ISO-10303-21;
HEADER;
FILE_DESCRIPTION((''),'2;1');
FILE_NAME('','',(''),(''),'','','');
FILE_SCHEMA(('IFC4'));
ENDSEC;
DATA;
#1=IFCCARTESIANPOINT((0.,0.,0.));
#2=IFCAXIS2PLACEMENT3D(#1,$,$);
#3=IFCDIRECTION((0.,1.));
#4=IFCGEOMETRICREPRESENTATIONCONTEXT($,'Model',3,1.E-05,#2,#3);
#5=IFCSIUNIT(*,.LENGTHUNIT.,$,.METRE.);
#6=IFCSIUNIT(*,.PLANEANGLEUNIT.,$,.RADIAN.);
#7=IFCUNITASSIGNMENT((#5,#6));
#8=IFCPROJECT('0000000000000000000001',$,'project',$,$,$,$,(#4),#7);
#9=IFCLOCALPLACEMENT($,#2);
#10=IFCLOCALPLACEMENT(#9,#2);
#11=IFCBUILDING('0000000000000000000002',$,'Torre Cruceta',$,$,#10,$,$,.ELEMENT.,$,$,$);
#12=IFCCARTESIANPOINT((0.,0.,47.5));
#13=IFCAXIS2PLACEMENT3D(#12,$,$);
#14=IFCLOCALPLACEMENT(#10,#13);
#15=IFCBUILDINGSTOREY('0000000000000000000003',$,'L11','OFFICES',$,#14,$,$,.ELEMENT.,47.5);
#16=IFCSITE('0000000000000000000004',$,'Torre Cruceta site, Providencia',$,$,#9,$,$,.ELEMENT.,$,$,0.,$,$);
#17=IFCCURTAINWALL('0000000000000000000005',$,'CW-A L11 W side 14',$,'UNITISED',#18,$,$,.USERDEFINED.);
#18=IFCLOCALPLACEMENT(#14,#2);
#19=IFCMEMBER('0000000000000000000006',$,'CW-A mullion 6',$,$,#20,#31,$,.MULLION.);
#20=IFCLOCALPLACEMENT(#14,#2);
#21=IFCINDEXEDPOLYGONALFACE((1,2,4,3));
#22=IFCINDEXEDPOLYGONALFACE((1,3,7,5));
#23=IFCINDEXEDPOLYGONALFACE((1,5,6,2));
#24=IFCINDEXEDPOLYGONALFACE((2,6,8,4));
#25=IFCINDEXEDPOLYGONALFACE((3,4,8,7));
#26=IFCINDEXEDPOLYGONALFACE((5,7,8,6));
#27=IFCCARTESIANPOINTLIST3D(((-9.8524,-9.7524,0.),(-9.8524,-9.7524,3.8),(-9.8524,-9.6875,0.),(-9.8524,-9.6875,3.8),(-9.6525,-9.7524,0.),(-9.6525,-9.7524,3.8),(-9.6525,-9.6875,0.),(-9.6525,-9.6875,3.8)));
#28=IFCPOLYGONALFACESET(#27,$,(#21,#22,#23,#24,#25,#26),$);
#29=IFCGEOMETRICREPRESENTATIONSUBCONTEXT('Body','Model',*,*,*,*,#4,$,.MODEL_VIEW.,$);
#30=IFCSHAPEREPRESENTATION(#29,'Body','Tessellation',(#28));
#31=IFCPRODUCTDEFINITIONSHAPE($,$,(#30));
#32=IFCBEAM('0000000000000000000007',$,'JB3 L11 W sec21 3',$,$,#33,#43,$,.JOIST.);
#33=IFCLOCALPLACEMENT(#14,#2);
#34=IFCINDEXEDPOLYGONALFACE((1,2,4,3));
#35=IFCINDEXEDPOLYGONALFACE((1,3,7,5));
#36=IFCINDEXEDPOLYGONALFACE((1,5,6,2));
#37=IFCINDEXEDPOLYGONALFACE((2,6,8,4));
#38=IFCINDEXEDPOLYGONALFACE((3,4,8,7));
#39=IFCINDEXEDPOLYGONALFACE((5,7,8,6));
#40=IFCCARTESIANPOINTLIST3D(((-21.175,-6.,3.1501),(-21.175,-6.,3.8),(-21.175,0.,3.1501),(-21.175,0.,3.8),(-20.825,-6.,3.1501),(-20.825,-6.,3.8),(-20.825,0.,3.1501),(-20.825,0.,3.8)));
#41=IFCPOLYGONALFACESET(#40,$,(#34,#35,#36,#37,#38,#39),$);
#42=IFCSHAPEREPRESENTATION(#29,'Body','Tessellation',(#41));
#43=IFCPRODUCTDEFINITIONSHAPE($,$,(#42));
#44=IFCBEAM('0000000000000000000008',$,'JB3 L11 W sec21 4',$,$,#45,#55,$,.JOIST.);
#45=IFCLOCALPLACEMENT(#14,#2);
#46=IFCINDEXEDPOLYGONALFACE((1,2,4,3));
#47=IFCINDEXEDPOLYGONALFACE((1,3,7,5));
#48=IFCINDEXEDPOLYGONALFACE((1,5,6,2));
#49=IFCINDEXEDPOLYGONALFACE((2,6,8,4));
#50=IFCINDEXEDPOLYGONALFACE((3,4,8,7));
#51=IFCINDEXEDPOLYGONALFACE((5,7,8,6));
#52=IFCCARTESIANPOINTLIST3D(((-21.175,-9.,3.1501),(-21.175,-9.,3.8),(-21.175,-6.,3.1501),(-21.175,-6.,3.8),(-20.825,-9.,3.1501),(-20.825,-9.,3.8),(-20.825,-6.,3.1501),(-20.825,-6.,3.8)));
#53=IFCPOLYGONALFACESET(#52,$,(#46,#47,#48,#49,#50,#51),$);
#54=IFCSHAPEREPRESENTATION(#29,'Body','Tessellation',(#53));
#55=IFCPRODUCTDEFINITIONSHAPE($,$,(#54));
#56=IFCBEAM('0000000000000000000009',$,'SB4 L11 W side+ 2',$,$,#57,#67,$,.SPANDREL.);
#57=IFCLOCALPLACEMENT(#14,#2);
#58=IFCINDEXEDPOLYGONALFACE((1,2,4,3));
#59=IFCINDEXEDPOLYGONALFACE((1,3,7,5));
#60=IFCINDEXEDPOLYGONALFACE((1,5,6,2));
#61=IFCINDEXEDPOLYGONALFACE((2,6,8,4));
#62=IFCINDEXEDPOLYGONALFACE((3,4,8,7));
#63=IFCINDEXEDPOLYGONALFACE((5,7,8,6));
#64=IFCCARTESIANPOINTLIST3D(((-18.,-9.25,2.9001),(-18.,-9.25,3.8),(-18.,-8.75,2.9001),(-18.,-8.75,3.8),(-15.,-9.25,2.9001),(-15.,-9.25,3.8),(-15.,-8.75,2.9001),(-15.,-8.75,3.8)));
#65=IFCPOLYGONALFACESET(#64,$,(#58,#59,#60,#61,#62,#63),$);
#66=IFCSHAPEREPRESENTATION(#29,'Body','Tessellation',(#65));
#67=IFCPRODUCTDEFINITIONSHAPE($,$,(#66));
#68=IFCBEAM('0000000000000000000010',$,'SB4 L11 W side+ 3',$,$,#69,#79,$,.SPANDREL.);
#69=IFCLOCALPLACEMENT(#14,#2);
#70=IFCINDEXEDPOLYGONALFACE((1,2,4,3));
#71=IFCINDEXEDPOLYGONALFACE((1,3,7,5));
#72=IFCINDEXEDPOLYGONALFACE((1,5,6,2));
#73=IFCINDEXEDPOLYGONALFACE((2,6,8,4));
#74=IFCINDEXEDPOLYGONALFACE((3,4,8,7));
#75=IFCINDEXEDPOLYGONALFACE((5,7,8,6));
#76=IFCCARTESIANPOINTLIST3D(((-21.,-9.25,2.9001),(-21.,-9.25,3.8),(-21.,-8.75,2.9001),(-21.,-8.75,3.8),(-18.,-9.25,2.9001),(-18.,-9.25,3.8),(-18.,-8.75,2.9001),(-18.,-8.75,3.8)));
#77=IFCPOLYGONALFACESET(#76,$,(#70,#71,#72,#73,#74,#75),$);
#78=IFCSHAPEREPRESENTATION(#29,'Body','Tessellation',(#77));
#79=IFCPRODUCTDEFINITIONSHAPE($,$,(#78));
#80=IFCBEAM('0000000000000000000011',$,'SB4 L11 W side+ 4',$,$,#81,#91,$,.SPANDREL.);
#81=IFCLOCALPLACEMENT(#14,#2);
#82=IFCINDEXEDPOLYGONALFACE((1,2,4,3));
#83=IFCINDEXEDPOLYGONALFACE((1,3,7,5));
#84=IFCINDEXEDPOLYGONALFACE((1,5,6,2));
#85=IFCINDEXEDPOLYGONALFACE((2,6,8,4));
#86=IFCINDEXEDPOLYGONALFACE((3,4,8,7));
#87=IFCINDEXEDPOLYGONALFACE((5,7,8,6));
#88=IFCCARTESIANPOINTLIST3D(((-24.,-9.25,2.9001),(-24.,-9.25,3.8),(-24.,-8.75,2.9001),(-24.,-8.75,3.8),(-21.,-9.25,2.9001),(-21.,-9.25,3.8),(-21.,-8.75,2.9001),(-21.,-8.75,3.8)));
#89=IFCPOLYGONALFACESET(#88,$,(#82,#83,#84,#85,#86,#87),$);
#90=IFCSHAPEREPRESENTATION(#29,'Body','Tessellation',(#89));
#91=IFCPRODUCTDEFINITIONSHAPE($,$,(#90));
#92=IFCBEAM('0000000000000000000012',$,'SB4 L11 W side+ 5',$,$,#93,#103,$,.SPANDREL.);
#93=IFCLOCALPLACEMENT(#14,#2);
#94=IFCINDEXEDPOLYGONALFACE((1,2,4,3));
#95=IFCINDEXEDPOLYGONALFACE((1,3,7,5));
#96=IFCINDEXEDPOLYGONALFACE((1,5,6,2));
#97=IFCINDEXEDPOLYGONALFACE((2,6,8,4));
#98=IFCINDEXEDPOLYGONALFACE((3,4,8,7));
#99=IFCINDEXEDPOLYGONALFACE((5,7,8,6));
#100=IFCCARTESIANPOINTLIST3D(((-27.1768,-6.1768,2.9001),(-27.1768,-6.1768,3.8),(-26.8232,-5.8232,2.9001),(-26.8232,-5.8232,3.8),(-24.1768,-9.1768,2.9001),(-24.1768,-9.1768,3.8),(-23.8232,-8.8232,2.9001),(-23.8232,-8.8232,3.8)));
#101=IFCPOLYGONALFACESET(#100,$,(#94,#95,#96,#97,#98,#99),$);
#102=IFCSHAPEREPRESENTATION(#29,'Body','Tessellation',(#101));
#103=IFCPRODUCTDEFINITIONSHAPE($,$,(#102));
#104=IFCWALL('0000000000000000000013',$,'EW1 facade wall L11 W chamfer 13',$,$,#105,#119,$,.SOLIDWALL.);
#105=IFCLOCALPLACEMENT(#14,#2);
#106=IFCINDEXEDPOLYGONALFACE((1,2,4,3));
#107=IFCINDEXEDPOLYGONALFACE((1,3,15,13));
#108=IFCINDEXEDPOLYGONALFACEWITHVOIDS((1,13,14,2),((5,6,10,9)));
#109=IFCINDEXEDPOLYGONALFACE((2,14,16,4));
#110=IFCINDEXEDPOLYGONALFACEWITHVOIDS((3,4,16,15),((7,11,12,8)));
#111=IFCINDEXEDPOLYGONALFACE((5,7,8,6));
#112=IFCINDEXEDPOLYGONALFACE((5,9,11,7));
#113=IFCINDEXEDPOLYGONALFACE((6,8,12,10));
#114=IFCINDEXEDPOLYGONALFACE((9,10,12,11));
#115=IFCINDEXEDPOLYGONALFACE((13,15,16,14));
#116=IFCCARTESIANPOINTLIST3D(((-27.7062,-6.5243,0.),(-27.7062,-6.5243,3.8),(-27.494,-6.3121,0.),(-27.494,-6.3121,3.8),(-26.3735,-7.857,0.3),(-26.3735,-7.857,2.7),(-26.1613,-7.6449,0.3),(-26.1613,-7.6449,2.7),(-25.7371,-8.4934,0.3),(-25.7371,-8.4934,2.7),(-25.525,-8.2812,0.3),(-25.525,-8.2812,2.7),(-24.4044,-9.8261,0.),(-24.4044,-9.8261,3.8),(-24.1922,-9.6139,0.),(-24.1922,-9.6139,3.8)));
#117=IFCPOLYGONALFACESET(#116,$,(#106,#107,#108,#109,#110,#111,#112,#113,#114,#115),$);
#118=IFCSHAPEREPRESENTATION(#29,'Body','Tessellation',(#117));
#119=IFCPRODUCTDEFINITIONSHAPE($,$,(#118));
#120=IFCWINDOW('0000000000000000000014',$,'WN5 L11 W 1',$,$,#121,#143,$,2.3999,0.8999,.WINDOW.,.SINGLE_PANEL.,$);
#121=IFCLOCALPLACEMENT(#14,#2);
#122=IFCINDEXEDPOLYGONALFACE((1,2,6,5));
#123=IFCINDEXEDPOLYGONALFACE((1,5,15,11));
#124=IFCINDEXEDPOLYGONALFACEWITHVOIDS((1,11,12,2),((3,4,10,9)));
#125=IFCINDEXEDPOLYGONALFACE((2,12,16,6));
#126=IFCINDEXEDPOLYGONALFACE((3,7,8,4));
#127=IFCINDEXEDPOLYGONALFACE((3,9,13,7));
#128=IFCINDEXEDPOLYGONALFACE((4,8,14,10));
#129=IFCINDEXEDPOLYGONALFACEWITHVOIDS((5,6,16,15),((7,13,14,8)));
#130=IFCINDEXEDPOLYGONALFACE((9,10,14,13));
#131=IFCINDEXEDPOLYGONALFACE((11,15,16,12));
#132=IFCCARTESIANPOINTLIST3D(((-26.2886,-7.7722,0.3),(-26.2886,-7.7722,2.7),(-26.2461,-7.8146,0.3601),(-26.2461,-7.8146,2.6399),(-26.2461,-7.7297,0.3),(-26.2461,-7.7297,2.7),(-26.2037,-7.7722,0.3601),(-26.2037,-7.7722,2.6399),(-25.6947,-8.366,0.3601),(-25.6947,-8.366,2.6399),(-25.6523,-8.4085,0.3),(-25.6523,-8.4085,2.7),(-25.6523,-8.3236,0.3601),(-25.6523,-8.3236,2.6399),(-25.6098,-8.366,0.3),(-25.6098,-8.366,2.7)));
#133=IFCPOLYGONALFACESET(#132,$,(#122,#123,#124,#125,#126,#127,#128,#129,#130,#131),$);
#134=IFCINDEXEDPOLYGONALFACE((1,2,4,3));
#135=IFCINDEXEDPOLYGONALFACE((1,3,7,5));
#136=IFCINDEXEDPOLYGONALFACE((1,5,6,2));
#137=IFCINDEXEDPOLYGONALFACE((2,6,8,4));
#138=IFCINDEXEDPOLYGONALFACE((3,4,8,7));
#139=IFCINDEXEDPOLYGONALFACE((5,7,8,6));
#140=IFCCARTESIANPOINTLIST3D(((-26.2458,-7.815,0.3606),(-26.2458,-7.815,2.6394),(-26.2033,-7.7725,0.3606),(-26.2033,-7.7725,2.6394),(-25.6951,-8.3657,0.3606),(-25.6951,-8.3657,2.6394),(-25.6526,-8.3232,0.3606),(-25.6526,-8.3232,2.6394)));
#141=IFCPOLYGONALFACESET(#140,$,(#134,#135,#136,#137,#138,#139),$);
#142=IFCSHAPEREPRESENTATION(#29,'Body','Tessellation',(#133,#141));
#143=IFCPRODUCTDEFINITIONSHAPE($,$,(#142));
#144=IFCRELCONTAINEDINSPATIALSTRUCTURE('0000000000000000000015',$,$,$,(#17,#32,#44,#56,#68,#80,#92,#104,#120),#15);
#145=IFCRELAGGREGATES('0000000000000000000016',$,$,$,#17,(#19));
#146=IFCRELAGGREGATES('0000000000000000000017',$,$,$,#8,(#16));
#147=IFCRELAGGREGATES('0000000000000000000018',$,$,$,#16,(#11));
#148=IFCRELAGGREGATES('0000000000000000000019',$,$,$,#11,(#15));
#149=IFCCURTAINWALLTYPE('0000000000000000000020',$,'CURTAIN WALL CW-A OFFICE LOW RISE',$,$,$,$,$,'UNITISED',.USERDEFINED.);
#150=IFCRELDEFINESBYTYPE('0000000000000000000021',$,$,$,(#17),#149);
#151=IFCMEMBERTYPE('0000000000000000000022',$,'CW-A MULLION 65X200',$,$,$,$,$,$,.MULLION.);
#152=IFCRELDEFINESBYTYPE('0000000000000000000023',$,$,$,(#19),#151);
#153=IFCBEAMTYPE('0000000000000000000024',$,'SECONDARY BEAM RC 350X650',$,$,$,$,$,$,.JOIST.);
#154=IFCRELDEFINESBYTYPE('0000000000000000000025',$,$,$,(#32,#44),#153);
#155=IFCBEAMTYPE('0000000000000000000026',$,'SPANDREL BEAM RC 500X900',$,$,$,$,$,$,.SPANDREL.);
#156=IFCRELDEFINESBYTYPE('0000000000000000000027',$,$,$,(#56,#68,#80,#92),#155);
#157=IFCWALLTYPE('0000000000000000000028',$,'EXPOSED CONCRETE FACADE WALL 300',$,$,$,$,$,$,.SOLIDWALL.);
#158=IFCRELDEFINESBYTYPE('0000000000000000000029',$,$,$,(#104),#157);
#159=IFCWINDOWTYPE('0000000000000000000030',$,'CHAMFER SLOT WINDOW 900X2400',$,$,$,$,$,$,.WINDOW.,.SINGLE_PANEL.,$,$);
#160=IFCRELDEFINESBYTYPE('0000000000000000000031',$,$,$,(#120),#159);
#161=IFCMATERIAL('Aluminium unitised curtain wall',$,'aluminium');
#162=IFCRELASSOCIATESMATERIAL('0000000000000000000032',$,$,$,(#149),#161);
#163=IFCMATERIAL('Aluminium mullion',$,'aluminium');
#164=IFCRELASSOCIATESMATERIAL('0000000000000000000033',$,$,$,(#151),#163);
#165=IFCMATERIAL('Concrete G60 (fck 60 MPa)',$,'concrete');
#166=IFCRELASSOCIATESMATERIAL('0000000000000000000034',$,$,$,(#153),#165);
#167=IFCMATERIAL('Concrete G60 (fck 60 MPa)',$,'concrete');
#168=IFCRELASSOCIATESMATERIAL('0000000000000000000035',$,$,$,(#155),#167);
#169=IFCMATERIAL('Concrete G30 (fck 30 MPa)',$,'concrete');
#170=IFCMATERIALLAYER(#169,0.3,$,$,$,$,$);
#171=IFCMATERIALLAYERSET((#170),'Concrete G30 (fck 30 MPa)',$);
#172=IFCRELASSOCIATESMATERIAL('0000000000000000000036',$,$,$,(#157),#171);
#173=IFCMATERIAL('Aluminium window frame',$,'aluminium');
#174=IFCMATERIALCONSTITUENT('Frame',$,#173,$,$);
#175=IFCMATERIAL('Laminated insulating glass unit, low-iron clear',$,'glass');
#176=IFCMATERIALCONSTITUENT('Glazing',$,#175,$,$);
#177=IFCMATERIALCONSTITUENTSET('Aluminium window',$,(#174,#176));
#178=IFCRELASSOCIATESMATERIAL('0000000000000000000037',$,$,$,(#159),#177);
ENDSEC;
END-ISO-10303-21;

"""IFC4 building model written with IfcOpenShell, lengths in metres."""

from ifc_helpers import new_model, si_unit, direction, frame, frame_2d, origin, origin_2d, place, context, subcontext, project, spatial, rectangle, hollow_rectangle, extrude, material, layer, layer_set, constituent, constituent_set, material_profile, profile_set, type_object, element, fill, aggregate, save


model = new_model("IFC4")

# Units and contexts
model_context = context("Model", 3, precision=1e-05, world=origin(), true_north=direction((0.0, 1.0)))
body_context = subcontext(model_context, "Body", "Model", "MODEL_VIEW")
ifc_project = project(units=[si_unit("LENGTHUNIT", "METRE"), si_unit("PLANEANGLEUNIT", "RADIAN")], contexts=[model_context])

# Site, building, storey
site_placement = place(None, origin())
site = spatial("IfcSite", under=ifc_project, at=site_placement, Name="Torre Cruceta site, Providencia", CompositionType="ELEMENT", RefElevation=0.0)
building_placement = place(site_placement, origin())
building = spatial("IfcBuilding", under=site, at=building_placement, Name="Torre Cruceta", CompositionType="ELEMENT")
storey_placement = place(building_placement, frame((0.0, 0.0, 47.5)))
storey = spatial("IfcBuildingStorey", under=building, at=storey_placement, Name="L11", Description="OFFICES", CompositionType="ELEMENT", Elevation=47.5)

# Curtain wall, member
ifc_material_1 = material(Name="Aluminium unitised curtain wall", Category="aluminium")
curtain_wall_type = type_object("IfcCurtainWallType", Name="CURTAIN WALL CW-A OFFICE LOW RISE", ElementType="UNITISED", PredefinedType="USERDEFINED", material=ifc_material_1)
curtain_wall_placement = place(storey_placement, origin())
curtain_wall = element("IfcCurtainWall", 1, at=curtain_wall_placement, inside=storey, type_object=curtain_wall_type, Name="CW-A L11 W side 14", ObjectType="UNITISED", PredefinedType="USERDEFINED")
ifc_material_2 = material(Name="Aluminium mullion", Category="aluminium")
ifc_material_profile_1 = material_profile(ifc_material_2, rectangle(XDim=0.0649, YDim=0.2, at=origin_2d()), Name="AL 65X200")
ifc_profile_set_1 = profile_set([ifc_material_profile_1], Name="Aluminium mullion")
member_type = type_object("IfcMemberType", Name="CW-A MULLION 65X200", PredefinedType="MULLION", material=ifc_profile_set_1)
member_placement = place(storey_placement, frame((-9.7524, -9.72, 0.0), z_axis=(0.0, 0.0, 1.0), x_axis=(0.0, 1.0, 0.0)))
member = element("IfcMember", 2, at=member_placement, type_object=member_type, Name="CW-A mullion 6", PredefinedType="MULLION", context=body_context, shape_type="SweptSolid", body=[
    extrude(rectangle(XDim=0.0649, YDim=0.2, at=origin_2d()), origin(), (0.0, 0.0, 1.0), 3.8),
])
aggregate(curtain_wall, [member])

# Beams
ifc_material_3 = material(Name="Concrete G60 (fck 60 MPa)", Category="concrete")
ifc_material_profile_2 = material_profile(ifc_material_3, rectangle(XDim=0.3501, YDim=0.6499, at=origin_2d()), Name="RC 350X650")
ifc_profile_set_2 = profile_set([ifc_material_profile_2], Name="Concrete G60 (fck 60 MPa)")
beam_type_1 = type_object("IfcBeamType", Name="SECONDARY BEAM RC 350X650", PredefinedType="JOIST", material=ifc_profile_set_2)
beam_1_placement = place(storey_placement, frame((-21.0, 0.0, 3.4751), z_axis=(0.0, -1.0, 0.0), x_axis=(1.0, 0.0, 0.0)))
element("IfcBeam", 3, at=beam_1_placement, inside=storey, type_object=beam_type_1, Name="JB3 L11 W sec21 3", PredefinedType="JOIST", context=body_context, shape_type="SweptSolid", body=[
    extrude(rectangle(XDim=0.3501, YDim=0.6499, at=origin_2d()), origin(), (0.0, 0.0, 1.0), 6.0),
])
beam_2_placement = place(storey_placement, frame((-21.0, -6.0, 3.4751), z_axis=(0.0, -1.0, 0.0), x_axis=(1.0, 0.0, 0.0)))
element("IfcBeam", 4, at=beam_2_placement, inside=storey, type_object=beam_type_1, Name="JB3 L11 W sec21 4", PredefinedType="JOIST", context=body_context, shape_type="SweptSolid", body=[
    extrude(rectangle(XDim=0.3501, YDim=0.6499, at=origin_2d()), origin(), (0.0, 0.0, 1.0), 3.0),
])
ifc_material_4 = material(Name="Concrete G60 (fck 60 MPa)", Category="concrete")
ifc_material_profile_3 = material_profile(ifc_material_4, rectangle(XDim=0.5, YDim=0.8999, at=origin_2d()), Name="RC 500X900")
ifc_profile_set_3 = profile_set([ifc_material_profile_3], Name="Concrete G60 (fck 60 MPa)")
beam_type_2 = type_object("IfcBeamType", Name="SPANDREL BEAM RC 500X900", PredefinedType="SPANDREL", material=ifc_profile_set_3)
for number, where, z_axis, x_axis, name in (
    (5, (-15.0, -9.0, 3.3501), (-1.0, 0.0, 0.0), (0.0, -1.0, 0.0), "SB4 L11 W side+ 2"),
    (6, (-18.0, -9.0, 3.3501), (-1.0, 0.0, 0.0), (0.0, -1.0, 0.0), "SB4 L11 W side+ 3"),
    (7, (-21.0, -9.0, 3.3501), (-1.0, 0.0, 0.0), (0.0, -1.0, 0.0), "SB4 L11 W side+ 4"),
):
    element("IfcBeam", number, at=place(storey_placement, frame(where, z_axis=z_axis, x_axis=x_axis)), inside=storey, type_object=beam_type_2, Name=name, PredefinedType="SPANDREL", context=body_context, shape_type="SweptSolid", body=[
        extrude(rectangle(XDim=0.5, YDim=0.8999, at=origin_2d()), origin(), (0.0, 0.0, 1.0), 3.0),
    ])
beam_3_placement = place(storey_placement, frame((-24.0, -9.0, 3.3501), z_axis=(-0.707107, 0.707107, 0.0), x_axis=(-0.707107, -0.707107, 0.0)))
element("IfcBeam", 8, at=beam_3_placement, inside=storey, type_object=beam_type_2, Name="SB4 L11 W side+ 5", PredefinedType="SPANDREL", context=body_context, shape_type="SweptSolid", body=[
    extrude(rectangle(XDim=0.5, YDim=0.8999, at=origin_2d()), origin(), (0.0, 0.0, 1.0), 4.2427),
])

# Wall, opening, window
ifc_material_5 = material(Name="Concrete G30 (fck 30 MPa)", Category="concrete")
ifc_layer_1 = layer(ifc_material_5, 0.3)
ifc_layer_set_1 = layer_set([ifc_layer_1], Name="Concrete G30 (fck 30 MPa)")
wall_type_1 = type_object("IfcWallType", Name="EXPOSED CONCRETE FACADE WALL 300", PredefinedType="SOLIDWALL", material=ifc_layer_set_1)
wall_1_placement = place(storey_placement, frame((-27.6001, -6.4182, 0.0), z_axis=(0.0, 0.0, 1.0), x_axis=(0.707107, -0.707107, 0.0)))
wall_1 = element("IfcWall", 9, at=wall_1_placement, inside=storey, type_object=wall_type_1, Name="EW1 facade wall L11 W chamfer 13", PredefinedType="SOLIDWALL", context=body_context, shape_type="SweptSolid", body=[
    extrude(rectangle(XDim=4.6694, YDim=0.3, at=frame_2d((2.3347, 0.0))), origin(), (0.0, 0.0, 1.0), 3.8),
])
opening_1_placement = place(wall_1_placement, frame((1.8848, 0.0, 0.3)))
opening_1 = element("IfcOpeningElement", 10, at=opening_1_placement, cuts=wall_1, PredefinedType="OPENING", context=body_context, shape_type="SweptSolid", body=[
    extrude(rectangle(XDim=0.8999, YDim=2.3999, at=frame_2d((0.45, 1.2))), frame((0.0, 0.1599, 0.0), z_axis=(0.0, -1.0, 0.0), x_axis=(1.0, 0.0, 0.0)), (0.0, 0.0, 1.0), 0.3201),
])
ifc_material_6 = material(Name="Aluminium window frame", Category="aluminium")
ifc_constituent_1 = constituent(ifc_material_6, Name="Frame")
ifc_material_7 = material(Name="Laminated insulating glass unit, low-iron clear", Category="glass")
ifc_constituent_2 = constituent(ifc_material_7, Name="Glazing")
ifc_constituent_set_1 = constituent_set(constituents=[ifc_constituent_1, ifc_constituent_2], Name="Aluminium window")
window_type = type_object("IfcWindowType", Name="CHAMFER SLOT WINDOW 900X2400", PartitioningType="SINGLE_PANEL", PredefinedType="WINDOW", material=ifc_constituent_set_1)
window_placement = place(opening_1_placement, origin())
window = element("IfcWindow", 11, at=window_placement, inside=storey, type_object=window_type, Name="WN5 L11 W 1", OverallHeight=2.3999, OverallWidth=0.8999, PartitioningType="SINGLE_PANEL", PredefinedType="WINDOW", context=body_context, shape_type="SweptSolid", body=[
    extrude(hollow_rectangle(XDim=0.8999, YDim=2.3999, WallThickness=0.0601, at=frame_2d((0.45, 1.2))), frame((0.0, 0.03, 0.0), z_axis=(0.0, -1.0, 0.0), x_axis=(1.0, 0.0, 0.0)), (0.0, 0.0, 1.0), 0.0601),
    extrude(rectangle(XDim=0.7788, YDim=2.2788, at=frame_2d((0.45, 1.2))), frame((0.0, 0.03, 0.0), z_axis=(0.0, -1.0, 0.0), x_axis=(1.0, 0.0, 0.0)), (0.0, 0.0, 1.0), 0.0601),
])
fill(opening_1, window)

save(model, "model.ifc")
